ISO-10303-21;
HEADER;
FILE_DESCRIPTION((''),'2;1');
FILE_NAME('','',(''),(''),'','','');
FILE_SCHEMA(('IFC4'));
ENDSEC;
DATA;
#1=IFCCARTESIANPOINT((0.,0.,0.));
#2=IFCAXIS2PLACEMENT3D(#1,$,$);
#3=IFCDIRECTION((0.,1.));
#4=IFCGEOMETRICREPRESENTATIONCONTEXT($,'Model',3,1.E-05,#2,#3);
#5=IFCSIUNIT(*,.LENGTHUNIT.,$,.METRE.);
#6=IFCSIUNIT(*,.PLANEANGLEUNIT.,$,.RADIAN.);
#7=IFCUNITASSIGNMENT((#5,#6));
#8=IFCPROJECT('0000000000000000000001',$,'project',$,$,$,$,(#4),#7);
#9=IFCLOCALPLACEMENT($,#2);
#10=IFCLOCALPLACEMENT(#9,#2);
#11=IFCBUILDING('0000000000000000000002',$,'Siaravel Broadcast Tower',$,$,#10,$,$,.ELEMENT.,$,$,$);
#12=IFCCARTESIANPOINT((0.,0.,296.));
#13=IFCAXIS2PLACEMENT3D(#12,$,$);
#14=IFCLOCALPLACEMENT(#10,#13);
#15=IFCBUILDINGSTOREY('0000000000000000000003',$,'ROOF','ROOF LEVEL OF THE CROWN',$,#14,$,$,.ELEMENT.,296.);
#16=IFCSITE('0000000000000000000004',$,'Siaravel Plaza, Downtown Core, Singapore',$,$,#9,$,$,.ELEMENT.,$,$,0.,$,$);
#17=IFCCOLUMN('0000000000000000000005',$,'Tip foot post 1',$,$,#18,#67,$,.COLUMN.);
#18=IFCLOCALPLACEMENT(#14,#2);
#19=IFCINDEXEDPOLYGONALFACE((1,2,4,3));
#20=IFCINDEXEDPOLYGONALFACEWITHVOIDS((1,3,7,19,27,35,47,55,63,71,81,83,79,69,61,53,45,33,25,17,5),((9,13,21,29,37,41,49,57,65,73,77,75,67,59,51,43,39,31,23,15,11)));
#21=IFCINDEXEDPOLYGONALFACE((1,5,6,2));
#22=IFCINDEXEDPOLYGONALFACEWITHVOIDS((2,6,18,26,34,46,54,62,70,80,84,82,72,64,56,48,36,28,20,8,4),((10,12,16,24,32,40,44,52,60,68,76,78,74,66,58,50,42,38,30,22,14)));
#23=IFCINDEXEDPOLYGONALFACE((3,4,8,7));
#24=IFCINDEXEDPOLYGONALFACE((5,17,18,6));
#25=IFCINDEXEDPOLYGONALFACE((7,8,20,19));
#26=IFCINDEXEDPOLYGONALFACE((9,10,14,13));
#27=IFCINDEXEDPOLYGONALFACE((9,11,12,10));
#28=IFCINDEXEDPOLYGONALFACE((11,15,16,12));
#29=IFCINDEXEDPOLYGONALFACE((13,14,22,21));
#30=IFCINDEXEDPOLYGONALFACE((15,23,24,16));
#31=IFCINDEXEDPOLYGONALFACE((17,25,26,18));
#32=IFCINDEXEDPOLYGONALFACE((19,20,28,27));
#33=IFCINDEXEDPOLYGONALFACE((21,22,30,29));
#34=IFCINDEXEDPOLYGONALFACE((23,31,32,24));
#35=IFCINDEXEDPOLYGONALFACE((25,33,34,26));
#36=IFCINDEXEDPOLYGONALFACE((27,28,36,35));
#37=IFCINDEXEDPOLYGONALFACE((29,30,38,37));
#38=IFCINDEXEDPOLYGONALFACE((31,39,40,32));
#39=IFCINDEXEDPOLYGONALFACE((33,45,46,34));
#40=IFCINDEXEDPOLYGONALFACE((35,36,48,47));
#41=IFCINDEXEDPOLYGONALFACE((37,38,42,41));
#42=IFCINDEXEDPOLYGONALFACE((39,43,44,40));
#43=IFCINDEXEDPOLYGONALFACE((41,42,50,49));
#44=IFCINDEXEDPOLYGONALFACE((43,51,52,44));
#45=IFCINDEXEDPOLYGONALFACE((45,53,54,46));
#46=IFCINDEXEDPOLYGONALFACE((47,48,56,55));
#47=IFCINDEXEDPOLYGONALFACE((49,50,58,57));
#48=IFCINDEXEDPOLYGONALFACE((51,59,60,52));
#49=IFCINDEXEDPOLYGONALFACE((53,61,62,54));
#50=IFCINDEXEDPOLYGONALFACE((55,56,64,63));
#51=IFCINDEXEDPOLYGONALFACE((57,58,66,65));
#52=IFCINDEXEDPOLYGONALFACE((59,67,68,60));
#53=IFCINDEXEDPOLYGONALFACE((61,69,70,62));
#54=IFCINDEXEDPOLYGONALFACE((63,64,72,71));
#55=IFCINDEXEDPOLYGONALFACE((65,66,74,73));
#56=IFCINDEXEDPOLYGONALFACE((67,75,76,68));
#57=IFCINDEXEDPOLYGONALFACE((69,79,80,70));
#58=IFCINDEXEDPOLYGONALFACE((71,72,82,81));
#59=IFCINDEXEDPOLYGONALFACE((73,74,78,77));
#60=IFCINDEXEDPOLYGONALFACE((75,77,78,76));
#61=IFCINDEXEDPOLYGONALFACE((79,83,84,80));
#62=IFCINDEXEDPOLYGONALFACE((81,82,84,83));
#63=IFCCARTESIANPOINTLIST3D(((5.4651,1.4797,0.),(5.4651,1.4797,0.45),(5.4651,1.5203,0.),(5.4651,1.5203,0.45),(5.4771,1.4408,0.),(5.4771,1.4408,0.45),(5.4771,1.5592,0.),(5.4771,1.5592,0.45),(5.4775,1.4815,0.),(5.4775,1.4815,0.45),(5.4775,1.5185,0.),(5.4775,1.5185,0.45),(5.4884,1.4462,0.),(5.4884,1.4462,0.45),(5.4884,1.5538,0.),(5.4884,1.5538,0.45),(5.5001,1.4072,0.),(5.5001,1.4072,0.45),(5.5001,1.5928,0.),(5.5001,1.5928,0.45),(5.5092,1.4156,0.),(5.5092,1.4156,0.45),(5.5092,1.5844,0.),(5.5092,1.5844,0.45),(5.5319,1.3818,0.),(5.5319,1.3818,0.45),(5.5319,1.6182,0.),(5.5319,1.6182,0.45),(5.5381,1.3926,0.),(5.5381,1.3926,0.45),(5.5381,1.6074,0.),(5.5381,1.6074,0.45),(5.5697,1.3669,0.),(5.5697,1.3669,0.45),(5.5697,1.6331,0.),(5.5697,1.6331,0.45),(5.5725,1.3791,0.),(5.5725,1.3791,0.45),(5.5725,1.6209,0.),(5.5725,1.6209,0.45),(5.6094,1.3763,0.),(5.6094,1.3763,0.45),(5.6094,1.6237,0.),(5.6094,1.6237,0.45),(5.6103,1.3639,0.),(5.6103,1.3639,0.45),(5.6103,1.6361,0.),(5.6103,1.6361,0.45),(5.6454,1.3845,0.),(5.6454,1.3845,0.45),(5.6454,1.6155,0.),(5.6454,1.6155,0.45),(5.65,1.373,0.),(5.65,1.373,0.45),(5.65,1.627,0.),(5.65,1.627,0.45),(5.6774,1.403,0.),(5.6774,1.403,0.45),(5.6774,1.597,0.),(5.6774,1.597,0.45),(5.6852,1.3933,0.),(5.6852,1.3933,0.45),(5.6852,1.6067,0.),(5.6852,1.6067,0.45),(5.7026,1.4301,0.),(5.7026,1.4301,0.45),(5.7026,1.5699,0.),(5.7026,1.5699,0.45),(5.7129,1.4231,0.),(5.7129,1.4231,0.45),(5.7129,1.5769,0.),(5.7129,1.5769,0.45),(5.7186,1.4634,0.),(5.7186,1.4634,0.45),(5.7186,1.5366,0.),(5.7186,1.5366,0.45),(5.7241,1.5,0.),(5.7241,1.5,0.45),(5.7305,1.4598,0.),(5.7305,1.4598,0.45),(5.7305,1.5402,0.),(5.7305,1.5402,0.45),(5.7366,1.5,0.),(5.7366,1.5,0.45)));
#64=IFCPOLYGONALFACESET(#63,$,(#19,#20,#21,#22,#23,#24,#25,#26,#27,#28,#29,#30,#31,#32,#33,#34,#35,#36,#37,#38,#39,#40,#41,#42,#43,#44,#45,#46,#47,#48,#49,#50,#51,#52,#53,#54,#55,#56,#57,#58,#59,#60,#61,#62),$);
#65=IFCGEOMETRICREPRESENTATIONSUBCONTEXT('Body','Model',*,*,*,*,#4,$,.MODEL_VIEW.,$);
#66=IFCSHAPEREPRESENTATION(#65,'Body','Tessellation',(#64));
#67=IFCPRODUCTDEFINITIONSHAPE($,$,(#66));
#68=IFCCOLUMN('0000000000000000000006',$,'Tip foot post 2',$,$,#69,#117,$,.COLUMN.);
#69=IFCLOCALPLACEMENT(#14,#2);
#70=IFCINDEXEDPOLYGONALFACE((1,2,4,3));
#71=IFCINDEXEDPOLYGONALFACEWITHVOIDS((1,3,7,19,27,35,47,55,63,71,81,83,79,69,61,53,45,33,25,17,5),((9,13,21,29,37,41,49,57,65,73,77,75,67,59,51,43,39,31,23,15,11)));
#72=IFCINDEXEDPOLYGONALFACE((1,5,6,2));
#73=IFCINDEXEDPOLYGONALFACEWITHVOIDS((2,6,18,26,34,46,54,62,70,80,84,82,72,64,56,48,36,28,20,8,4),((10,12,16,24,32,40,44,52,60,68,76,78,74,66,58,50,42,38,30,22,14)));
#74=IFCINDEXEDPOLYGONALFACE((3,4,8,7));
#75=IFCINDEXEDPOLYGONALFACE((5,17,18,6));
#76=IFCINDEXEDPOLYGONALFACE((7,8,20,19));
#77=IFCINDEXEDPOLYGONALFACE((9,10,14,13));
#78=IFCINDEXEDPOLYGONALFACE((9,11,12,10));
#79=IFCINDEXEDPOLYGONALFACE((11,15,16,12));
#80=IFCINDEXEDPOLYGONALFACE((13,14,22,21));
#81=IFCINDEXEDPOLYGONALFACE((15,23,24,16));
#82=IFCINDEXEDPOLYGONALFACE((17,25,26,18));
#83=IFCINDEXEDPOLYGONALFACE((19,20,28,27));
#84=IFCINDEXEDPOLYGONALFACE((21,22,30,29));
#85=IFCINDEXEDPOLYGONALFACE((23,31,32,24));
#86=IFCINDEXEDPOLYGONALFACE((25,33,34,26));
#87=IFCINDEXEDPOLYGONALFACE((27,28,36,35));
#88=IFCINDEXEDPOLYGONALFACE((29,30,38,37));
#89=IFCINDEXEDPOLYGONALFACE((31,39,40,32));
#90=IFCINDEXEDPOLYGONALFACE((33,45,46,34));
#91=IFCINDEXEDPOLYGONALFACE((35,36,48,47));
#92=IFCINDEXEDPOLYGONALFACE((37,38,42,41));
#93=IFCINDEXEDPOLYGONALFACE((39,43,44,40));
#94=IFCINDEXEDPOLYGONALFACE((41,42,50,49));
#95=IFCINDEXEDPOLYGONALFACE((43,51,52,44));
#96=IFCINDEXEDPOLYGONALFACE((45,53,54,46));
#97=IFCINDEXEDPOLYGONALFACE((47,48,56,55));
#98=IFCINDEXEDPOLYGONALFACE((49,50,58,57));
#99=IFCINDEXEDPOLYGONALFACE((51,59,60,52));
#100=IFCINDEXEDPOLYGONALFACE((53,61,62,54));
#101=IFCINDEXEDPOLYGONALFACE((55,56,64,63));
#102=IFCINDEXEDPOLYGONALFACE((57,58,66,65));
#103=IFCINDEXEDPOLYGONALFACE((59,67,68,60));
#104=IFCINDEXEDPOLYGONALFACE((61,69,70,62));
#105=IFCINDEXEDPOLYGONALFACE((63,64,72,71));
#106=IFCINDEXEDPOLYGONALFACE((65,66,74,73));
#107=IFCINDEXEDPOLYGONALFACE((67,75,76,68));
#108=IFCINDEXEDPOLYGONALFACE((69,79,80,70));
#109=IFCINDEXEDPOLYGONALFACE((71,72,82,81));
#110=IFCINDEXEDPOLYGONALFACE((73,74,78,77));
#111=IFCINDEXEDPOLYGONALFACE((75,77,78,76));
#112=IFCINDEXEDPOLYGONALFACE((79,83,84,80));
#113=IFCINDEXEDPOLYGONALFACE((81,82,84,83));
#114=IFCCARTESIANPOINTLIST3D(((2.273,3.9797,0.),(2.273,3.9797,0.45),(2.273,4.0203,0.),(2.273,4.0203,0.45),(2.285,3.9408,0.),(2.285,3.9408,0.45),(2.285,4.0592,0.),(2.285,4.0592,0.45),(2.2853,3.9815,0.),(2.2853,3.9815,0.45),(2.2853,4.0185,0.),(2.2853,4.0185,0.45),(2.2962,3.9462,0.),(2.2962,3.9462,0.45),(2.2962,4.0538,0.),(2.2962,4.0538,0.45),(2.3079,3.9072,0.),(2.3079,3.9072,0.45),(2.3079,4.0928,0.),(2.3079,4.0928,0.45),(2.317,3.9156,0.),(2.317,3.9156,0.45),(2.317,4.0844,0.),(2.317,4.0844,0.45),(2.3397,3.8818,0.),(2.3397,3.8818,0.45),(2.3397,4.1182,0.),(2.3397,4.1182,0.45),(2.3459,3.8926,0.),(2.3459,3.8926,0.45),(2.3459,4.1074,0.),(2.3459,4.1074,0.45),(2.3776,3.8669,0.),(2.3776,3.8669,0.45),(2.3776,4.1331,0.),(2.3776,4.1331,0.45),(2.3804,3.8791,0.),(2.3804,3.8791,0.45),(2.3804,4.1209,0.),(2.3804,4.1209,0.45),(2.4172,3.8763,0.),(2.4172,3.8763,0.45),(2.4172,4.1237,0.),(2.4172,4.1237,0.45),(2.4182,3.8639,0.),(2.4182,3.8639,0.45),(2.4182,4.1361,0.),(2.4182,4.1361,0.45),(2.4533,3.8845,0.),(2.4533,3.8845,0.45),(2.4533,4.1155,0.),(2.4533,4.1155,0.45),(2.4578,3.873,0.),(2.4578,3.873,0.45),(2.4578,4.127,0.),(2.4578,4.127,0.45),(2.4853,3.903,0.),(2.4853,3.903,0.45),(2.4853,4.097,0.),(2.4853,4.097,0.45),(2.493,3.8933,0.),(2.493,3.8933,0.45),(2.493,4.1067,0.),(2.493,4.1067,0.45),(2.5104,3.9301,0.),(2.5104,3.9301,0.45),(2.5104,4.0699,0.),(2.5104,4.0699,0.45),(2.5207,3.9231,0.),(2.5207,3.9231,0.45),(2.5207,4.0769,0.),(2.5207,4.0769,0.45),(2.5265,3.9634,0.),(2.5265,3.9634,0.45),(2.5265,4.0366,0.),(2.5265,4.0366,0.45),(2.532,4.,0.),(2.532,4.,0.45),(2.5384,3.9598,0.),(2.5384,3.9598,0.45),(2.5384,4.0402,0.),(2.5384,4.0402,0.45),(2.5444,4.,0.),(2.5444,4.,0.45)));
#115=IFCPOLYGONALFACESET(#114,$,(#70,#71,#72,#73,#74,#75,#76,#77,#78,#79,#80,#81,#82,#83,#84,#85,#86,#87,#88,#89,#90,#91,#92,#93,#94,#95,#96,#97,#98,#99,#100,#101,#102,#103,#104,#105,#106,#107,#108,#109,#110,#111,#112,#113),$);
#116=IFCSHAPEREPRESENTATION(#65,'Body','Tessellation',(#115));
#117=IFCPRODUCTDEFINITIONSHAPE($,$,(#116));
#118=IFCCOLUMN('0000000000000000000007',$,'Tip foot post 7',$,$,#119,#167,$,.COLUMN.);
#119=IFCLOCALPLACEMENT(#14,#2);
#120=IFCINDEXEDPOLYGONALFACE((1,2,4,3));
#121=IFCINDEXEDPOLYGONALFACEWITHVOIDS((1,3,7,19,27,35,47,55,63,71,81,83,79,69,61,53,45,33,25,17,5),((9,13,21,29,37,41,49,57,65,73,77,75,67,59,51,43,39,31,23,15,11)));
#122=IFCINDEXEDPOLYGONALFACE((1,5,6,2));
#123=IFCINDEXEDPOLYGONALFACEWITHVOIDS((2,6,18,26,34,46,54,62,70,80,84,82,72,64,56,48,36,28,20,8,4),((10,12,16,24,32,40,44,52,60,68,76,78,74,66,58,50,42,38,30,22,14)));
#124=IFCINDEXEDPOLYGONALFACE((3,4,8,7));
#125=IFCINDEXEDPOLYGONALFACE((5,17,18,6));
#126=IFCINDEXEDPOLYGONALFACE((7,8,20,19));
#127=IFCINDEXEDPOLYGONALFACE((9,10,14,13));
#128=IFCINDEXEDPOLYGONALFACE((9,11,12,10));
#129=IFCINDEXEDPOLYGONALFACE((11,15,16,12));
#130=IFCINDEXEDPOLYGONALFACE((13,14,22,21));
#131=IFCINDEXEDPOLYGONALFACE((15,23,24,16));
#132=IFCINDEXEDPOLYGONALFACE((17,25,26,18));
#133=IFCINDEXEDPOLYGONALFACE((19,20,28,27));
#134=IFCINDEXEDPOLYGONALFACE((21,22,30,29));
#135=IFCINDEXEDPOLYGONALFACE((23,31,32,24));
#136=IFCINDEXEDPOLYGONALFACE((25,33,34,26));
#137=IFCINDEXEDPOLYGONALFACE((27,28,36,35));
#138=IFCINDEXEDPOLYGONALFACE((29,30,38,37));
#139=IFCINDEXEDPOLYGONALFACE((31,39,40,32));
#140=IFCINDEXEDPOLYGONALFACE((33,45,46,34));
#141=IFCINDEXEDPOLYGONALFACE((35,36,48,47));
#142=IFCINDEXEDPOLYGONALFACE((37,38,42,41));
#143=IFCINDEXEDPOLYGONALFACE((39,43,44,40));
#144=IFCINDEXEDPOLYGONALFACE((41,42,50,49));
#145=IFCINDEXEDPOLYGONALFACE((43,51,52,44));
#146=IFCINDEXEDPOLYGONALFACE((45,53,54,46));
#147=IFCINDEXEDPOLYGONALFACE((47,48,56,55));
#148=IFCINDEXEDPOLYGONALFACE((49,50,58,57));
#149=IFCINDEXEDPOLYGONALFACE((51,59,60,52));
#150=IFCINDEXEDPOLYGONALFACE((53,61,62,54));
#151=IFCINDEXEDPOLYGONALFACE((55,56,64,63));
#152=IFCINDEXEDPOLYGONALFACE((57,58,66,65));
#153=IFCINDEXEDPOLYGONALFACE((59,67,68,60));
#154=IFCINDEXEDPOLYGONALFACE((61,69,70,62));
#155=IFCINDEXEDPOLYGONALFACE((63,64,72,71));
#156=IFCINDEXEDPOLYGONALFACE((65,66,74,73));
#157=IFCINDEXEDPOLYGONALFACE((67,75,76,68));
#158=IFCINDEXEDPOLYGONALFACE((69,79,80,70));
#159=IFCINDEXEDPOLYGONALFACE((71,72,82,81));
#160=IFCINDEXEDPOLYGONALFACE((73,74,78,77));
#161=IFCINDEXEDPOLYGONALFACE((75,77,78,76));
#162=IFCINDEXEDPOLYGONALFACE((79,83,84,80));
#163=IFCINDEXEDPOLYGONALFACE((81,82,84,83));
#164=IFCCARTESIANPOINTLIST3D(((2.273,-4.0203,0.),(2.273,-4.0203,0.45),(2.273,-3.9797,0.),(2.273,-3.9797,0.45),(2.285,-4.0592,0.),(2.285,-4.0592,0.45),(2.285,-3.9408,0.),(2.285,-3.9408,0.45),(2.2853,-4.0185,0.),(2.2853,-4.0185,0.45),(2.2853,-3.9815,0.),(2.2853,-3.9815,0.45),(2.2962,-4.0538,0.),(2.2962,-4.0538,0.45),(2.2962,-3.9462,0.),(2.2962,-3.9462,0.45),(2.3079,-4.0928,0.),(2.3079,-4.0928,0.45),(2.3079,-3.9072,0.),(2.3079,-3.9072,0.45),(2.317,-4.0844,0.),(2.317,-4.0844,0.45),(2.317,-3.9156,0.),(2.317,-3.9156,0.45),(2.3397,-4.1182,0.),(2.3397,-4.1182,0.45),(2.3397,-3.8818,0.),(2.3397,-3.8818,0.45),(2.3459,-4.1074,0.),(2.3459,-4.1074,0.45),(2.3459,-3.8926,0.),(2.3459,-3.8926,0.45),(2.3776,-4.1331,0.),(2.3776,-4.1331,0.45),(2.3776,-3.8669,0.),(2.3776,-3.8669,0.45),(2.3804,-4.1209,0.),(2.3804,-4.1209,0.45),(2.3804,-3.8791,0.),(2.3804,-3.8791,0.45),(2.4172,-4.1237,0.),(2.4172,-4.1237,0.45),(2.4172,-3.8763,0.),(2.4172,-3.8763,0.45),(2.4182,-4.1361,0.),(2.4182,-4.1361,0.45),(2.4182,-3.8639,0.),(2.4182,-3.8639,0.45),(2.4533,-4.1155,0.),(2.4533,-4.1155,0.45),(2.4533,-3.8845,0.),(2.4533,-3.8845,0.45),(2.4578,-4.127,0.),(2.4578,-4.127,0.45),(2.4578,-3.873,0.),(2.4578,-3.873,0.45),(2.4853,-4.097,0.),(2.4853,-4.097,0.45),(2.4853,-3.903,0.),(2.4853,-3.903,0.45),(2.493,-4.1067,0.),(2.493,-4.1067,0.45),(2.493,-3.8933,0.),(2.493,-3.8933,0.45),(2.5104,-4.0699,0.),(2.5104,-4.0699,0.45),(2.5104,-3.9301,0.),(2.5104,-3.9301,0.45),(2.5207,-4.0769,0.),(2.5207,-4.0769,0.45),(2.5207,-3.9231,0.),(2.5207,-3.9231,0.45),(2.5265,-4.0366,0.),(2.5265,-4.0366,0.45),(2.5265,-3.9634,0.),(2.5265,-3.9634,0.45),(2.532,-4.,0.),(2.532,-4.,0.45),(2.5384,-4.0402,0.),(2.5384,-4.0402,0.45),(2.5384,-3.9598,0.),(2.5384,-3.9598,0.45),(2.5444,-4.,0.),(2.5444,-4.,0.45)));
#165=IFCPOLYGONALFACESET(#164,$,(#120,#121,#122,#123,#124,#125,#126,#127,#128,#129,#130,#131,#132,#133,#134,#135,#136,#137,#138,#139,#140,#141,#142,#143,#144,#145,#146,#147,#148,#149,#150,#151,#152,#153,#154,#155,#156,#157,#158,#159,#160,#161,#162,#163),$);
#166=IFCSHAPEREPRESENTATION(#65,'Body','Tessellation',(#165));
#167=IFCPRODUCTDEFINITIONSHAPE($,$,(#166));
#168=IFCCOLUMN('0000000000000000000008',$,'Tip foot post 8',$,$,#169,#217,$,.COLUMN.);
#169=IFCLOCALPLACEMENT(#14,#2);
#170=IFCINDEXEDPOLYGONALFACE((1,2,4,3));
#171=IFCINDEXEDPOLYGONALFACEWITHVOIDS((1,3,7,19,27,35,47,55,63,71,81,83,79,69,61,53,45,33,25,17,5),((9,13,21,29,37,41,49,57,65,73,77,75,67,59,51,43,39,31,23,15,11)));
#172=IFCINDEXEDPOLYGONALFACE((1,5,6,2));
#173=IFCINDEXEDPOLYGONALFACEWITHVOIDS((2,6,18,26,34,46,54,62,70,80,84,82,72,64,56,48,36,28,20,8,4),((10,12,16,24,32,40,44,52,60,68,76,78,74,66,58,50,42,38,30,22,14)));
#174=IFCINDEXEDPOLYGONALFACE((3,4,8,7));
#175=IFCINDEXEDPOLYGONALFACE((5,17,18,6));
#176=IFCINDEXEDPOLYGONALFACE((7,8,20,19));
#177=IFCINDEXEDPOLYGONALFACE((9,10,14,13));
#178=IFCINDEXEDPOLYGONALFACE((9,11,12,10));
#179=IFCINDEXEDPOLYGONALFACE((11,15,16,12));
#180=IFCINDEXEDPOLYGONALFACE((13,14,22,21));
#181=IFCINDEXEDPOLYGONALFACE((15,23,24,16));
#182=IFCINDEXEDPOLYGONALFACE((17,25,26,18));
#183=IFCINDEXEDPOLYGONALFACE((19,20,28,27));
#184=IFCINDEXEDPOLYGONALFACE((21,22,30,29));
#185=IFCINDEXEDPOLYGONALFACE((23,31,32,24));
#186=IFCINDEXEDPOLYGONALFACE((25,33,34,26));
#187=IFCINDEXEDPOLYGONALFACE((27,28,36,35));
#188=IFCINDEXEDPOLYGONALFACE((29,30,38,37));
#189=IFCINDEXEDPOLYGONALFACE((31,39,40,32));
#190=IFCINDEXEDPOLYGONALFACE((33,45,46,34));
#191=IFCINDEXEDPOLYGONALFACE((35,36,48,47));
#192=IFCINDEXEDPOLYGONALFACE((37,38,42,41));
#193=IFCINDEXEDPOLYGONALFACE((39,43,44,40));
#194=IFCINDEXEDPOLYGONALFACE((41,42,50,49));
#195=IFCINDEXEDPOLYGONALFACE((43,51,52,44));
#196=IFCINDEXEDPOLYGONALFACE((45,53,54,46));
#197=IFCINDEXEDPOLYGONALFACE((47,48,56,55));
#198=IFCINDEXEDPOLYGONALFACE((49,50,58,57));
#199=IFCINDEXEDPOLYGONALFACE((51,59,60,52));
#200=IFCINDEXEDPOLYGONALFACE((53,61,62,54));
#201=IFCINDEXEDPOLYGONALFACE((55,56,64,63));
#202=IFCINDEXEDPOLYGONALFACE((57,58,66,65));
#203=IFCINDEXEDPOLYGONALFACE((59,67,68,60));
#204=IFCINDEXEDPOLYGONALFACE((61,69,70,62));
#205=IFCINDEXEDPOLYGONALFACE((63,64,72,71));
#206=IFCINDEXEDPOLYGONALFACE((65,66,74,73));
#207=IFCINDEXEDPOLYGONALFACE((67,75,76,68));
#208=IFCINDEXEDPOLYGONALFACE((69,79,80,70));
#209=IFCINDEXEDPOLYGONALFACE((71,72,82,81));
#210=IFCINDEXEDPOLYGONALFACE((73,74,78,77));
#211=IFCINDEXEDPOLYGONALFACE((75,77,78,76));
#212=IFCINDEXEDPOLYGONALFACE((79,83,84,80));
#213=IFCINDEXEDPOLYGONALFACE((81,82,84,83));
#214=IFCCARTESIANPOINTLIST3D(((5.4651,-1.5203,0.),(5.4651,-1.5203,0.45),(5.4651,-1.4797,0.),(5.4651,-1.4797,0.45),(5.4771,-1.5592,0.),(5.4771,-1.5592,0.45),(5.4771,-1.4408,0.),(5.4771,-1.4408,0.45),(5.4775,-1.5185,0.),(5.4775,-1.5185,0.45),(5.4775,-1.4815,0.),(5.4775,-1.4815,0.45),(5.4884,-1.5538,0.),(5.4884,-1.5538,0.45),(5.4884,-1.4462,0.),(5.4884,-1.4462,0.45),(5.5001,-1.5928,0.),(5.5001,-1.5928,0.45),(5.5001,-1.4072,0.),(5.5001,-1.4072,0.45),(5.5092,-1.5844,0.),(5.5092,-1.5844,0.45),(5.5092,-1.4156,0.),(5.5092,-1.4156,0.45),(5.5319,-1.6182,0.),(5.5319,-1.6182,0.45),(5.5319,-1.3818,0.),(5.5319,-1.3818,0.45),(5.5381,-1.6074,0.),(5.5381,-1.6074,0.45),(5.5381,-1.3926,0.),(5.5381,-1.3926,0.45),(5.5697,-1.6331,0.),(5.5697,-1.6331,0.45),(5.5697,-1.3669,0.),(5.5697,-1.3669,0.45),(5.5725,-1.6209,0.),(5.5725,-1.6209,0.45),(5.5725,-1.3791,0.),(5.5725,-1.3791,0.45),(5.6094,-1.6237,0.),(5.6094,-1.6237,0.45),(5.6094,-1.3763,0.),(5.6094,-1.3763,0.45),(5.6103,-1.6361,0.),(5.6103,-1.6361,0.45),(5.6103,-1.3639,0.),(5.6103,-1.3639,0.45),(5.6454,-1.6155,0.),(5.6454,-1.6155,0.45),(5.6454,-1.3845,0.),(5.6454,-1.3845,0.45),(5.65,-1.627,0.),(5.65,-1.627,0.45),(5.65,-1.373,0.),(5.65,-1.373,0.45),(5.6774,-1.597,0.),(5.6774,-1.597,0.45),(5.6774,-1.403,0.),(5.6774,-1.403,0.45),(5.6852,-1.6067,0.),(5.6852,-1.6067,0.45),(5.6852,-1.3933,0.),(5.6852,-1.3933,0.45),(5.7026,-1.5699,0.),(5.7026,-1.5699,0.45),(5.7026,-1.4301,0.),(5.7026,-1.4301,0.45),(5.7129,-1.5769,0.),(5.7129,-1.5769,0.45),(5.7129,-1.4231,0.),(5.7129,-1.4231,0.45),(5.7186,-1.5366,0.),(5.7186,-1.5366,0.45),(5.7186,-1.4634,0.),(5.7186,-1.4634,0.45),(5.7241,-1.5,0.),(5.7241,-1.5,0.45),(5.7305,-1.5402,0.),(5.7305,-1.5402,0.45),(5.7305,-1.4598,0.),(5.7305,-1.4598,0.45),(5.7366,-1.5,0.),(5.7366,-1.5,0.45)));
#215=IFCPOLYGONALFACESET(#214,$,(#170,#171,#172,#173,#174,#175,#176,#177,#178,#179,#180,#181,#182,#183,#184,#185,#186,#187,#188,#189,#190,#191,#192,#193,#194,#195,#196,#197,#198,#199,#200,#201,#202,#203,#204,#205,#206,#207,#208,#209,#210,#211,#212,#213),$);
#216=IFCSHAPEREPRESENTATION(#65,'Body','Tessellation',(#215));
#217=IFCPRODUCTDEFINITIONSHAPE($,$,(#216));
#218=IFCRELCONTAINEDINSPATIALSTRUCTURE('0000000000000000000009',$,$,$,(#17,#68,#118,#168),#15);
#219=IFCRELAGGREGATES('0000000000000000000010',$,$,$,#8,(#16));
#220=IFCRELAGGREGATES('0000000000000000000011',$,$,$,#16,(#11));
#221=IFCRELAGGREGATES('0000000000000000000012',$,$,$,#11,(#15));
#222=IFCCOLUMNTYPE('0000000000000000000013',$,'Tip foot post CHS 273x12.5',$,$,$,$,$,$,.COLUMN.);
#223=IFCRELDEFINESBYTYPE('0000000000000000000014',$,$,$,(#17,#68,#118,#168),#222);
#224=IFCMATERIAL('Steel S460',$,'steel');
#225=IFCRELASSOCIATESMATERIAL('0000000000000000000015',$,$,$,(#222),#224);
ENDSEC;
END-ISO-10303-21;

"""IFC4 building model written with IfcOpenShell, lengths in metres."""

from ifc_helpers import new_model, si_unit, direction, frame, origin, origin_2d, place, context, subcontext, project, spatial, hollow_circle, extrude, material, material_profile, profile_set, type_object, element, save


model = new_model("IFC4")

# Units and contexts
model_context = context("Model", 3, precision=1e-05, world=origin(), true_north=direction((0.0, 1.0)))
body_context = subcontext(model_context, "Body", "Model", "MODEL_VIEW")
ifc_project = project(units=[si_unit("LENGTHUNIT", "METRE"), si_unit("PLANEANGLEUNIT", "RADIAN")], contexts=[model_context])

# Site, building, storey
site_placement = place(None, origin())
site = spatial("IfcSite", under=ifc_project, at=site_placement, Name="Siaravel Plaza, Downtown Core, Singapore", CompositionType="ELEMENT", RefElevation=0.0)
building_placement = place(site_placement, origin())
building = spatial("IfcBuilding", under=site, at=building_placement, Name="Siaravel Broadcast Tower", CompositionType="ELEMENT")
storey_placement = place(building_placement, frame((0.0, 0.0, 296.0)))
storey = spatial("IfcBuildingStorey", under=building, at=storey_placement, Name="ROOF", Description="ROOF LEVEL OF THE CROWN", CompositionType="ELEMENT", Elevation=296.0)

# Columns
ifc_material_1 = material(Name="Steel S460", Category="steel")
ifc_material_profile_1 = material_profile(ifc_material_1, hollow_circle(Radius=0.1365, WallThickness=0.0125, at=origin_2d()))
ifc_profile_set_1 = profile_set([ifc_material_profile_1], Name="Steel S460")
column_type = type_object("IfcColumnType", Name="Tip foot post CHS 273x12.5", PredefinedType="COLUMN", material=ifc_profile_set_1)
for number, where, z_axis, x_axis, name in (
    (1, (5.6001, 1.5, 0.0), (0.0, 0.0, 1.0), (1.0, 0.0, 0.0), "Tip foot post 1"),
    (2, (2.408, 4.0, 0.0), (0.0, 0.0, 1.0), (1.0, 0.0, 0.0), "Tip foot post 2"),
    (3, (2.408, -4.0, 0.0), (0.0, 0.0, 1.0), (1.0, 0.0, 0.0), "Tip foot post 7"),
    (4, (5.6001, -1.5, 0.0), (0.0, 0.0, 1.0), (1.0, 0.0, 0.0), "Tip foot post 8"),
):
    element("IfcColumn", number, at=place(storey_placement, frame(where, z_axis=z_axis, x_axis=x_axis)), inside=storey, type_object=column_type, Name=name, PredefinedType="COLUMN", context=body_context, shape_type="SweptSolid", body=[
        extrude(hollow_circle(Radius=0.1365, WallThickness=0.0125, at=origin_2d()), origin(), (0.0, 0.0, 1.0), 0.45),
    ])

save(model, "model.ifc")
